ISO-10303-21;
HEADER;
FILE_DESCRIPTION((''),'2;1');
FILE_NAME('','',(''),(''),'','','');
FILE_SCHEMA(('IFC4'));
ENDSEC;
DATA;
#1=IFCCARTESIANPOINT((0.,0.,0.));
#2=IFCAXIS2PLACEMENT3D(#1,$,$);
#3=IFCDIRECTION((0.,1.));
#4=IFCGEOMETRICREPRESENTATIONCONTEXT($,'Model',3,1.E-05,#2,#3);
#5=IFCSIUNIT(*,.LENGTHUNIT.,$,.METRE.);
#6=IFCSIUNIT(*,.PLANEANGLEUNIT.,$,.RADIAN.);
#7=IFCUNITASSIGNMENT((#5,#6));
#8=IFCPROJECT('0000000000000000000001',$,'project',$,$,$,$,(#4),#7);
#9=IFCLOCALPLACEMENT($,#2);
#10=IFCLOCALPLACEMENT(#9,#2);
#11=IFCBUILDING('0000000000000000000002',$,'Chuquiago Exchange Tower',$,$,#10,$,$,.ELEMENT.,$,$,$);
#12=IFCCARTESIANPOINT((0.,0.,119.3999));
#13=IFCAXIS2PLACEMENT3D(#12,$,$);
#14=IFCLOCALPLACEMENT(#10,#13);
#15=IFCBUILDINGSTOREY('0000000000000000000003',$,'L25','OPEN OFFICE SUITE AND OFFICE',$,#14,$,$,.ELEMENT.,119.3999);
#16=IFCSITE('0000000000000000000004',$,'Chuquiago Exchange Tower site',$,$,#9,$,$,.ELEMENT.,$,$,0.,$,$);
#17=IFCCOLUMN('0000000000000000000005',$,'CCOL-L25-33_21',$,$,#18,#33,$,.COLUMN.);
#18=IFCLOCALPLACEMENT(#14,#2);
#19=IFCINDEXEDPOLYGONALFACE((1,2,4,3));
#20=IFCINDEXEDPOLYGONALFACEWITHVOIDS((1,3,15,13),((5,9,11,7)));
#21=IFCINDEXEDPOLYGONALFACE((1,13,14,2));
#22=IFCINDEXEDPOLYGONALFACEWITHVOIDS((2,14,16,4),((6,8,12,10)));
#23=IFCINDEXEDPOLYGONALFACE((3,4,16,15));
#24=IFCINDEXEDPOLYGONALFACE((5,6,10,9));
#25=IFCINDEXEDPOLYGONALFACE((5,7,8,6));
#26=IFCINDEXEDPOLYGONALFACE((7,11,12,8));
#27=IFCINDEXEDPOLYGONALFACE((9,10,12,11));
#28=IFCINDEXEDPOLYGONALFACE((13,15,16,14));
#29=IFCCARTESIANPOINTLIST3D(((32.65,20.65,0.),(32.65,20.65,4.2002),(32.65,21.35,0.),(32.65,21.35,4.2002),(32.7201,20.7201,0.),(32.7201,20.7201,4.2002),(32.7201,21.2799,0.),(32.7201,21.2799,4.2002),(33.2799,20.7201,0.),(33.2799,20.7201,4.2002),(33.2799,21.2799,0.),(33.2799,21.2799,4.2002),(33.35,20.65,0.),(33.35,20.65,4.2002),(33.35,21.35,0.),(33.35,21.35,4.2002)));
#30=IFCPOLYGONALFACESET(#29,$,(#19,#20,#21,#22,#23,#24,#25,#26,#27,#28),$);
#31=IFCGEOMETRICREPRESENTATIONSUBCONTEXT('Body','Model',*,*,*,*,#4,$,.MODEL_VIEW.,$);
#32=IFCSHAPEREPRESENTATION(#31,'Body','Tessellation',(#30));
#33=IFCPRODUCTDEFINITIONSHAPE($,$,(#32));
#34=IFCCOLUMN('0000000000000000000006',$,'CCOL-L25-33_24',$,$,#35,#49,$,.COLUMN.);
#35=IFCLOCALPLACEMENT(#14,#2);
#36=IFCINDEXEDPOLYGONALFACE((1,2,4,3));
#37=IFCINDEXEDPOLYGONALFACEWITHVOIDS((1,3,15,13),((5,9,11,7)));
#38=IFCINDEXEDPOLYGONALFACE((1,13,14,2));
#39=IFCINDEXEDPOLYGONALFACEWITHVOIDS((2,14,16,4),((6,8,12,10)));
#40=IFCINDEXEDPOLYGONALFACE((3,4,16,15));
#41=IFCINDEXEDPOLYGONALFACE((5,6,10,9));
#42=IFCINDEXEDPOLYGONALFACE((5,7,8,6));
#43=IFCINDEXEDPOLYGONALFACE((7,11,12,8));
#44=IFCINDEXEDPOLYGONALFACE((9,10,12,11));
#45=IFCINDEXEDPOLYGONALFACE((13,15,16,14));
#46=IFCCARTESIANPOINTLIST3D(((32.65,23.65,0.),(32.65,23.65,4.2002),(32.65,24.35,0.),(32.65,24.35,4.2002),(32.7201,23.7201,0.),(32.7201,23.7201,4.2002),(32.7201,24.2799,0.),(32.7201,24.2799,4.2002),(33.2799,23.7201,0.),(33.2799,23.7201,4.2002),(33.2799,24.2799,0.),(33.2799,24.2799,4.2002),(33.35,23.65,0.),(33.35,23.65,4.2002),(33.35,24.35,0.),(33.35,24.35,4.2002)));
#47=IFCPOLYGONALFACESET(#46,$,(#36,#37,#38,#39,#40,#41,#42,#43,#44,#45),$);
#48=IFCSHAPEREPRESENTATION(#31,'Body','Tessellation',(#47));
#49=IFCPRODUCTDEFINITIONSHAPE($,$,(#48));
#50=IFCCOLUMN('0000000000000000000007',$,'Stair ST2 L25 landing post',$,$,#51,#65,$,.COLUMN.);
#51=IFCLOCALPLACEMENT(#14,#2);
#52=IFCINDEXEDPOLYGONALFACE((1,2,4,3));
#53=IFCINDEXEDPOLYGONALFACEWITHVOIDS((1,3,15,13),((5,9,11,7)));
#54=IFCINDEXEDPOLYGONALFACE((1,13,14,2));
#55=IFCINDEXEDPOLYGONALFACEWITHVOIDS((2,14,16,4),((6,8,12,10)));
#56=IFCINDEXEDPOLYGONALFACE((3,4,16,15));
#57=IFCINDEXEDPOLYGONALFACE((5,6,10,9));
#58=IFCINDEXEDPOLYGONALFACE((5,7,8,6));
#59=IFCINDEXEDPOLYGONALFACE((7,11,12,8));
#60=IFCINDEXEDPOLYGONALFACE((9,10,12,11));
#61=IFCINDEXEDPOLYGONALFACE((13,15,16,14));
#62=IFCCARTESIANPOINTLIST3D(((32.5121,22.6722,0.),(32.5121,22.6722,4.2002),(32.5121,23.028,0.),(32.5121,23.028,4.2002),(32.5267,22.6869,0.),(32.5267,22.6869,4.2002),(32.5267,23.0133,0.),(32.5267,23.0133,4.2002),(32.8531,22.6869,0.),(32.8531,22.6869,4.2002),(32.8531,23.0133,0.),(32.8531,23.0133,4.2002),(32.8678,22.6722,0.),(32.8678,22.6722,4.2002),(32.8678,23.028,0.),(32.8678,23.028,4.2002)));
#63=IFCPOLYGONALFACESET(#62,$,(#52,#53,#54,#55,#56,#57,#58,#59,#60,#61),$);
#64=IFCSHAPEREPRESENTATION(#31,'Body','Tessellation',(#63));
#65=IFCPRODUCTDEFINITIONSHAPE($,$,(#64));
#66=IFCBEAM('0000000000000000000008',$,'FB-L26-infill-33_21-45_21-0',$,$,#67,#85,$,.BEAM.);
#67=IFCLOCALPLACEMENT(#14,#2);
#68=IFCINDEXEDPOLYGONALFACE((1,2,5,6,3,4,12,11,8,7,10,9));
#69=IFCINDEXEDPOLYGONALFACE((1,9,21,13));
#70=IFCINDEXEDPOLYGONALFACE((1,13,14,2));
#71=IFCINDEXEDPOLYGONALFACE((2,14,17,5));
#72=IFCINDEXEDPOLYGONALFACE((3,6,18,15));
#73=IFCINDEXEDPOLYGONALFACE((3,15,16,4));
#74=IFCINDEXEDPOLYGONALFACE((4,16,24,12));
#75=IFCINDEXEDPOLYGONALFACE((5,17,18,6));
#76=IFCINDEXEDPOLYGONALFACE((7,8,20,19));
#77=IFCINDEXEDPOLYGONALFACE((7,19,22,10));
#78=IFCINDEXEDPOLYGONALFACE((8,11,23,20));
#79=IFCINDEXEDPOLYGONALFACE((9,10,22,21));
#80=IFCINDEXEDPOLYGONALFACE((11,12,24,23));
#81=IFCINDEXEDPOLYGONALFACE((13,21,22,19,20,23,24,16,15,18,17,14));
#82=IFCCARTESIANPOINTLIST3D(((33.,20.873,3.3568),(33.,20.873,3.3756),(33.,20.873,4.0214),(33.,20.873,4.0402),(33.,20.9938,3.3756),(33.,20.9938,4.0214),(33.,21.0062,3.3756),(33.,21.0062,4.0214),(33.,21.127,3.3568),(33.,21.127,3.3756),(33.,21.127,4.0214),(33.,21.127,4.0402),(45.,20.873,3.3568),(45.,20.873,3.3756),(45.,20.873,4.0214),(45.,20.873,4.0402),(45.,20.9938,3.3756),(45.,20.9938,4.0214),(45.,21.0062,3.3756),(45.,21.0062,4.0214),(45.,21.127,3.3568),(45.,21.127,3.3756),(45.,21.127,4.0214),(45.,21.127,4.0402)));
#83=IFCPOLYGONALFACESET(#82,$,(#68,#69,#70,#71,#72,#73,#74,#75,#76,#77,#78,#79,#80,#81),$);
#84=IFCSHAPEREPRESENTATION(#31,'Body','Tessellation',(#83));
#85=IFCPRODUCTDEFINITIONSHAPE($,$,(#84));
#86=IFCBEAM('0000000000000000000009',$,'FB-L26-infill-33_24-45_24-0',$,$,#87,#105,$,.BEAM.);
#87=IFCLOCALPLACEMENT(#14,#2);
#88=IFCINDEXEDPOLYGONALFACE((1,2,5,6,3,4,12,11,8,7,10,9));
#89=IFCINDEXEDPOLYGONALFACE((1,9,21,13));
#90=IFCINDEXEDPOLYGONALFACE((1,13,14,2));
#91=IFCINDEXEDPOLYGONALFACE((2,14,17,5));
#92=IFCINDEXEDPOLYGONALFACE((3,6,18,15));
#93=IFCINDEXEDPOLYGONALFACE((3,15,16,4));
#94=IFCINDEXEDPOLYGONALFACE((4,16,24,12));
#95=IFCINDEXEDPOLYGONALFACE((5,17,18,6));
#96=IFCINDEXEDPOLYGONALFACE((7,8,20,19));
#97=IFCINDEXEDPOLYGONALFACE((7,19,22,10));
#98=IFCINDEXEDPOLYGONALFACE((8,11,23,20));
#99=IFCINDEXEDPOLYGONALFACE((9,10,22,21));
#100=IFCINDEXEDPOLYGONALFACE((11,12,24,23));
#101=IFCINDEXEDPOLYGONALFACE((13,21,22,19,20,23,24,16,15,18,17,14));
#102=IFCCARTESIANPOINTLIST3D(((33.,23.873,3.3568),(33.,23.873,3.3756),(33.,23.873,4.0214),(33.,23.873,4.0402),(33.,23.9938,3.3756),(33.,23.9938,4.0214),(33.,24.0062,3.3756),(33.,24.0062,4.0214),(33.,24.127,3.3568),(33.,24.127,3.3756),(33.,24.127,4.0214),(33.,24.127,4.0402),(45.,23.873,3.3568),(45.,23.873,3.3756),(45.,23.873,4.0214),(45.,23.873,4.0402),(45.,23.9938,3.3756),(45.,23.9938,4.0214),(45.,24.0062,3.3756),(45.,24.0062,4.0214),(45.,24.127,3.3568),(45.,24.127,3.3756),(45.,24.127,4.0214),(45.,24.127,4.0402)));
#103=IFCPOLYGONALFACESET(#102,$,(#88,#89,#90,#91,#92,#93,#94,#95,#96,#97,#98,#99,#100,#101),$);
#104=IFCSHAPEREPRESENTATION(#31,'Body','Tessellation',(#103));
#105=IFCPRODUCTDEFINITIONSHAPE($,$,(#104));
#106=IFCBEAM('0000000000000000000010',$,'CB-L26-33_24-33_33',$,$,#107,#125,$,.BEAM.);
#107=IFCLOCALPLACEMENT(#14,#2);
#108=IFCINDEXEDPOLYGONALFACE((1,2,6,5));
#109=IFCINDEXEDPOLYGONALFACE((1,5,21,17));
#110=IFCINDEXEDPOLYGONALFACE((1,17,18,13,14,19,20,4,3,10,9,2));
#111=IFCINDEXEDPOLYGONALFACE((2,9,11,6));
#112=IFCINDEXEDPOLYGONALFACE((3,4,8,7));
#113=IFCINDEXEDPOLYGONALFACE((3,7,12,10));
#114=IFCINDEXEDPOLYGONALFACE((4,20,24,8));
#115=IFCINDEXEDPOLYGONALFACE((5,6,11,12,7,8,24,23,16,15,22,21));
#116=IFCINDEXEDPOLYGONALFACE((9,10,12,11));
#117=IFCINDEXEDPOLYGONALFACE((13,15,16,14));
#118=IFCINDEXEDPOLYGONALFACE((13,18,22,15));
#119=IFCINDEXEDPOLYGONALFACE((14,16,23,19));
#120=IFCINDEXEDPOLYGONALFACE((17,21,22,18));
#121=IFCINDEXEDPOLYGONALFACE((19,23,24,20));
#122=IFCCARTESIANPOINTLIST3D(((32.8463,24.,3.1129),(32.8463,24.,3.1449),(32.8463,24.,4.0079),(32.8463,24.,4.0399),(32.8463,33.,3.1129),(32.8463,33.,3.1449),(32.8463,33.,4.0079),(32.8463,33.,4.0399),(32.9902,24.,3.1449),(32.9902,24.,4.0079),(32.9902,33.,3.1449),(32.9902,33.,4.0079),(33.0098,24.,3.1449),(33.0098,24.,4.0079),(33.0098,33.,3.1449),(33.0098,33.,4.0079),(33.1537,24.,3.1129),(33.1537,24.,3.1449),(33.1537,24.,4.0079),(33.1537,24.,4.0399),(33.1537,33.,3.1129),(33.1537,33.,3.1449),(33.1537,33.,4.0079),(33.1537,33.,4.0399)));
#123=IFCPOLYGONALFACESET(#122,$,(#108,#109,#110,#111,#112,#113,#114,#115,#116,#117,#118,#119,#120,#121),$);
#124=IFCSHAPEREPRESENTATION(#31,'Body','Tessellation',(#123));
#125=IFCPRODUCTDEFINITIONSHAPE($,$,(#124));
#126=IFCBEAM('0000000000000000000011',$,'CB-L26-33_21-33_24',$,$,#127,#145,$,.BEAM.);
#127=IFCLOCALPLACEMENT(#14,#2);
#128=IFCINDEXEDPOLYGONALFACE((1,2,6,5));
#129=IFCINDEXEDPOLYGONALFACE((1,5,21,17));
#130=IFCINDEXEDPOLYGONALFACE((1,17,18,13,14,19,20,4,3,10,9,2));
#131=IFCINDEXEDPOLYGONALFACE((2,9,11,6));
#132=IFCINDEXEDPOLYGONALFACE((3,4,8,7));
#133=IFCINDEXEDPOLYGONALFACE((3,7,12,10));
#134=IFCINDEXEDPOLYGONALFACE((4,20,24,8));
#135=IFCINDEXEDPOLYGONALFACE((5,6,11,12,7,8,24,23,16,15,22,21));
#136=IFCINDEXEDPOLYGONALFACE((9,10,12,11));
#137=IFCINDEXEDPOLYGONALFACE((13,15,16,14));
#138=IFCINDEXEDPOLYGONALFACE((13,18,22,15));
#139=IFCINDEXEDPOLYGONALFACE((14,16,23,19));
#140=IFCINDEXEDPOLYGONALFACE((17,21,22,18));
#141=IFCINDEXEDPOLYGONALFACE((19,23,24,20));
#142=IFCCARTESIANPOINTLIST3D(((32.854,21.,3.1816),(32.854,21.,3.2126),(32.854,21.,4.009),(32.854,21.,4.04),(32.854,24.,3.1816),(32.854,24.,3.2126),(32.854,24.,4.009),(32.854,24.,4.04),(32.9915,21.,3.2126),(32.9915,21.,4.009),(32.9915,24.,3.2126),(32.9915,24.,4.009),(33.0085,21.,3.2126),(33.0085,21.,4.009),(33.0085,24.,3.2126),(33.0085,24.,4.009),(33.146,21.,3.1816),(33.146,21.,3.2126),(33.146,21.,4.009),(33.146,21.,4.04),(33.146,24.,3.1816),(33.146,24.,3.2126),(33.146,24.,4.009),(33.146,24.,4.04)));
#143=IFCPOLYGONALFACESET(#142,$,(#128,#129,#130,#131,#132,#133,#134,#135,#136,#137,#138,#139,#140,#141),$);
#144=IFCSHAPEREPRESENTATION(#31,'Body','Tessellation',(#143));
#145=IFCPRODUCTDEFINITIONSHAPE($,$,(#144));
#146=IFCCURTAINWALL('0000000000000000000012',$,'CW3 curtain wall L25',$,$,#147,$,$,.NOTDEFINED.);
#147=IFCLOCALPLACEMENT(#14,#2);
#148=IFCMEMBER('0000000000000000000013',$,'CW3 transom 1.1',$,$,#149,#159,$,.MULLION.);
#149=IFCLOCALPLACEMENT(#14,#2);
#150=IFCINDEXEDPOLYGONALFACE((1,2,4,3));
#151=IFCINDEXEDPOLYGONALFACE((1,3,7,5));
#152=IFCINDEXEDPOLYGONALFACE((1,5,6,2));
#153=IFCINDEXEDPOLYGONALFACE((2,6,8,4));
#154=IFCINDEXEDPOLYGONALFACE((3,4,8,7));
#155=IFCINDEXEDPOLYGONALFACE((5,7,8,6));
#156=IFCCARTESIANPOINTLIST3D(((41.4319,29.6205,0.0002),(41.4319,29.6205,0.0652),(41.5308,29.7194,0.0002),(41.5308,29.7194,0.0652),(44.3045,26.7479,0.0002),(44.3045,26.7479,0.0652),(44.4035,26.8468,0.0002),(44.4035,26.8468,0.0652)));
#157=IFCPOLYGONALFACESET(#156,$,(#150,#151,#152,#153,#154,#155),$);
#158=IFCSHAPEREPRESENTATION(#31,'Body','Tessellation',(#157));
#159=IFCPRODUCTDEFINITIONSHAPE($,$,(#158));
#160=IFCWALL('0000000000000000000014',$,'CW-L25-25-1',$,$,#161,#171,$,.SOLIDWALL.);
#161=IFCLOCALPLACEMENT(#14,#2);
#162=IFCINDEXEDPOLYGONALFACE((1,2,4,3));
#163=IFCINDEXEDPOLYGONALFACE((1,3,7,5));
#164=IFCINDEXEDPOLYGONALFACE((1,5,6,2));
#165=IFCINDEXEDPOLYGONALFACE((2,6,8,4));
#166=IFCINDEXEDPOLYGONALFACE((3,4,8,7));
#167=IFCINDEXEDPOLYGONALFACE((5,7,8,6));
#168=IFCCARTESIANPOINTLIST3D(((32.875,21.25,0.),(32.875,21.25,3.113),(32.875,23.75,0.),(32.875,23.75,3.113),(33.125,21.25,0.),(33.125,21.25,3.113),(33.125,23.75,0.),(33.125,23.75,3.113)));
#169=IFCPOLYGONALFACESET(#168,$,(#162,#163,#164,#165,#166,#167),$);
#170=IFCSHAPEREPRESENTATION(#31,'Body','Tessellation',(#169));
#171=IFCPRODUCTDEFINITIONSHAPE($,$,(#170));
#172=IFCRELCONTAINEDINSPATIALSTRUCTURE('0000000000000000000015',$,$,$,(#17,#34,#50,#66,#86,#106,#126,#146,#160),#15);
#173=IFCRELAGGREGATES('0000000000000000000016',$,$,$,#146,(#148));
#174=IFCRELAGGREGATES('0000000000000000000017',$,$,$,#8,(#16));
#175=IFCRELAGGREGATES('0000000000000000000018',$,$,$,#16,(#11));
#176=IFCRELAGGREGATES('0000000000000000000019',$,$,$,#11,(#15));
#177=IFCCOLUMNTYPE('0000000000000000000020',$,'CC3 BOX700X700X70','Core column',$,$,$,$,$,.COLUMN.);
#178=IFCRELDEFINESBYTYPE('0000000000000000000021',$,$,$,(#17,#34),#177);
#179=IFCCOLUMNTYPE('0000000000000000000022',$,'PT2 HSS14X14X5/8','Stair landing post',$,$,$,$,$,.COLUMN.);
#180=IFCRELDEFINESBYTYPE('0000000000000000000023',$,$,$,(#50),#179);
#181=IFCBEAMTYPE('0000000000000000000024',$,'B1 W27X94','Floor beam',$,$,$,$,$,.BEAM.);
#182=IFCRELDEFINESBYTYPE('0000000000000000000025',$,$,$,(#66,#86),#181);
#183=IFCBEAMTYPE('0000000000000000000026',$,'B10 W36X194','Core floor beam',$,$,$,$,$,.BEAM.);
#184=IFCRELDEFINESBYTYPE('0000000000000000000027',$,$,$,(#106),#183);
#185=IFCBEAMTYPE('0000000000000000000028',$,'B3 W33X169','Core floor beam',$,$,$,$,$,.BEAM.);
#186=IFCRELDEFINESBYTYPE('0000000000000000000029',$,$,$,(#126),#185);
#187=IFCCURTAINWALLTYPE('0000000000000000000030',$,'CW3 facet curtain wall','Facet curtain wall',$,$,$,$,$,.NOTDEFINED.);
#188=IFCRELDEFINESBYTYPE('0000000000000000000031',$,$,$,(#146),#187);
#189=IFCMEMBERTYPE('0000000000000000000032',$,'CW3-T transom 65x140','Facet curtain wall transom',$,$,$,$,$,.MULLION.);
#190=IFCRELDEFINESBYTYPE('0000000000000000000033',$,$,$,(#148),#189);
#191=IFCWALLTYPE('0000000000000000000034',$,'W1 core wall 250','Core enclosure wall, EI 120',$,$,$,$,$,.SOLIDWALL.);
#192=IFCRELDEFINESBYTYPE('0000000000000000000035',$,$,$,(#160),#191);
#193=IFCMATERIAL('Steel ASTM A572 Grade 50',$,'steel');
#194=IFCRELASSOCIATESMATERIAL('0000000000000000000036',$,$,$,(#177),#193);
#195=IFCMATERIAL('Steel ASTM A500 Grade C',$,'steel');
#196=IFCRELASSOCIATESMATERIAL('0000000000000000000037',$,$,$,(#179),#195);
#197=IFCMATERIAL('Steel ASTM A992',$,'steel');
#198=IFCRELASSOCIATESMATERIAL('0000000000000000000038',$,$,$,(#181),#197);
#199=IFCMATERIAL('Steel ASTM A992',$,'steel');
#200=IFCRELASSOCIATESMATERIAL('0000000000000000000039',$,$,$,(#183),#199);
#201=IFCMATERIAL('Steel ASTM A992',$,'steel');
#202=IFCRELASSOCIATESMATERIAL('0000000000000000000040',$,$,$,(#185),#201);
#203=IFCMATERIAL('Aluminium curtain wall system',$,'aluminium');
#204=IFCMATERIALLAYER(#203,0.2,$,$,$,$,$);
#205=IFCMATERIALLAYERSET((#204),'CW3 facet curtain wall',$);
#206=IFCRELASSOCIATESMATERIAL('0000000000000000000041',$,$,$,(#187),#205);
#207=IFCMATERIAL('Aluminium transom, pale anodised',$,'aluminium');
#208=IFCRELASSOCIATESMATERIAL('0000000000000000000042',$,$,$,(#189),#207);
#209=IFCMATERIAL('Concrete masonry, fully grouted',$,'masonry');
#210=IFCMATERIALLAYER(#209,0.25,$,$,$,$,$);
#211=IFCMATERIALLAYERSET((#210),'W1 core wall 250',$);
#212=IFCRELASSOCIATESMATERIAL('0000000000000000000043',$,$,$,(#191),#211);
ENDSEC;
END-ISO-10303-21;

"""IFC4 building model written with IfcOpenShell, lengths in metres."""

from ifc_helpers import new_model, si_unit, direction, frame, frame_2d, origin, origin_2d, place, context, subcontext, project, spatial, rectangle, hollow_rectangle, i_section, extrude, material, layer, layer_set, material_profile, profile_set, type_object, element, aggregate, save


model = new_model("IFC4")

# Units and contexts
model_context = context("Model", 3, precision=1e-05, world=origin(), true_north=direction((0.0, 1.0)))
body_context = subcontext(model_context, "Body", "Model", "MODEL_VIEW")
ifc_project = project(units=[si_unit("LENGTHUNIT", "METRE"), si_unit("PLANEANGLEUNIT", "RADIAN")], contexts=[model_context])

# Site, building, storey
site_placement = place(None, origin())
site = spatial("IfcSite", under=ifc_project, at=site_placement, Name="Chuquiago Exchange Tower site", CompositionType="ELEMENT", RefElevation=0.0)
building_placement = place(site_placement, origin())
building = spatial("IfcBuilding", under=site, at=building_placement, Name="Chuquiago Exchange Tower", CompositionType="ELEMENT")
storey_placement = place(building_placement, frame((0.0, 0.0, 119.3999)))
storey = spatial("IfcBuildingStorey", under=building, at=storey_placement, Name="L25", Description="OPEN OFFICE SUITE AND OFFICE", CompositionType="ELEMENT", Elevation=119.3999)

# Columns
ifc_material_1 = material(Name="Steel ASTM A572 Grade 50", Category="steel")
ifc_material_profile_1 = material_profile(ifc_material_1, hollow_rectangle(XDim=0.7, YDim=0.7, WallThickness=0.0701, at=origin_2d()), Name="BOX700X700X70")
ifc_profile_set_1 = profile_set([ifc_material_profile_1], Name="Steel ASTM A572 Grade 50")
column_type_1 = type_object("IfcColumnType", Name="CC3 BOX700X700X70", Description="Core column", PredefinedType="COLUMN", material=ifc_profile_set_1)
for number, where, z_axis, x_axis, name in (
    (1, (33.0, 21.0, 0.0), (0.0, 0.0, 1.0), (1.0, 0.0, 0.0), "CCOL-L25-33_21"),
    (2, (33.0, 24.0, 0.0), (0.0, 0.0, 1.0), (1.0, 0.0, 0.0), "CCOL-L25-33_24"),
):
    element("IfcColumn", number, at=place(storey_placement, frame(where, z_axis=z_axis, x_axis=x_axis)), inside=storey, type_object=column_type_1, Name=name, PredefinedType="COLUMN", context=body_context, shape_type="SweptSolid", body=[
        extrude(hollow_rectangle(XDim=0.7, YDim=0.7, WallThickness=0.0701, at=origin_2d()), origin(), (0.0, 0.0, 1.0), 4.2002),
    ])
ifc_material_2 = material(Name="Steel ASTM A500 Grade C", Category="steel")
ifc_material_profile_2 = material_profile(ifc_material_2, hollow_rectangle(XDim=0.3557, YDim=0.3557, WallThickness=0.0146, at=origin_2d()), Name="HSS14X14X5/8")
ifc_profile_set_2 = profile_set([ifc_material_profile_2], Name="Steel ASTM A500 Grade C")
column_type_2 = type_object("IfcColumnType", Name="PT2 HSS14X14X5/8", Description="Stair landing post", PredefinedType="COLUMN", material=ifc_profile_set_2)
column_placement = place(storey_placement, frame((32.6899, 22.8501, 0.0), z_axis=(0.0, 0.0, 1.0), x_axis=(1.0, 0.0, 0.0)))
element("IfcColumn", 3, at=column_placement, inside=storey, type_object=column_type_2, Name="Stair ST2 L25 landing post", PredefinedType="COLUMN", context=body_context, shape_type="SweptSolid", body=[
    extrude(hollow_rectangle(XDim=0.3557, YDim=0.3557, WallThickness=0.0146, at=origin_2d()), origin(), (0.0, 0.0, 1.0), 4.2002),
])

# Beams
ifc_material_3 = material(Name="Steel ASTM A992", Category="steel")
ifc_material_profile_3 = material_profile(ifc_material_3, i_section(OverallWidth=0.2539, OverallDepth=0.6833, WebThickness=0.0125, FlangeThickness=0.0188, at=origin_2d()), Name="W27X94")
ifc_profile_set_3 = profile_set([ifc_material_profile_3], Name="Steel ASTM A992")
beam_type_1 = type_object("IfcBeamType", Name="B1 W27X94", Description="Floor beam", PredefinedType="BEAM", material=ifc_profile_set_3)
for number, where, z_axis, x_axis, name in (
    (4, (33.0, 21.0, 3.6985), (1.0, 0.0, 0.0), (0.0, 1.0, 0.0), "FB-L26-infill-33_21-45_21-0"),
    (5, (33.0, 24.0, 3.6985), (1.0, 0.0, 0.0), (0.0, 1.0, 0.0), "FB-L26-infill-33_24-45_24-0"),
):
    element("IfcBeam", number, at=place(storey_placement, frame(where, z_axis=z_axis, x_axis=x_axis)), inside=storey, type_object=beam_type_1, Name=name, PredefinedType="BEAM", context=body_context, shape_type="SweptSolid", body=[
        extrude(i_section(OverallWidth=0.2539, OverallDepth=0.6833, WebThickness=0.0125, FlangeThickness=0.0188, at=origin_2d()), origin(), (0.0, 0.0, 1.0), 12.0),
    ])
ifc_material_4 = material(Name="Steel ASTM A992", Category="steel")
ifc_material_profile_4 = material_profile(ifc_material_4, i_section(OverallWidth=0.3074, OverallDepth=0.927, WebThickness=0.0195, FlangeThickness=0.032, at=origin_2d()), Name="W36X194")
ifc_profile_set_4 = profile_set([ifc_material_profile_4], Name="Steel ASTM A992")
beam_type_2 = type_object("IfcBeamType", Name="B10 W36X194", Description="Core floor beam", PredefinedType="BEAM", material=ifc_profile_set_4)
beam_1_placement = place(storey_placement, frame((33.0, 24.0, 3.5764), z_axis=(0.0, 1.0, 0.0), x_axis=(-1.0, 0.0, 0.0)))
element("IfcBeam", 6, at=beam_1_placement, inside=storey, type_object=beam_type_2, Name="CB-L26-33_24-33_33", PredefinedType="BEAM", context=body_context, shape_type="SweptSolid", body=[
    extrude(i_section(OverallWidth=0.3074, OverallDepth=0.927, WebThickness=0.0195, FlangeThickness=0.032, at=origin_2d()), origin(), (0.0, 0.0, 1.0), 9.0),
])
ifc_material_5 = material(Name="Steel ASTM A992", Category="steel")
ifc_material_profile_5 = material_profile(ifc_material_5, i_section(OverallWidth=0.292, OverallDepth=0.8584, WebThickness=0.0171, FlangeThickness=0.031, at=origin_2d()), Name="W33X169")
ifc_profile_set_5 = profile_set([ifc_material_profile_5], Name="Steel ASTM A992")
beam_type_3 = type_object("IfcBeamType", Name="B3 W33X169", Description="Core floor beam", PredefinedType="BEAM", material=ifc_profile_set_5)
beam_2_placement = place(storey_placement, frame((33.0, 21.0, 3.6108), z_axis=(0.0, 1.0, 0.0), x_axis=(-1.0, 0.0, 0.0)))
element("IfcBeam", 7, at=beam_2_placement, inside=storey, type_object=beam_type_3, Name="CB-L26-33_21-33_24", PredefinedType="BEAM", context=body_context, shape_type="SweptSolid", body=[
    extrude(i_section(OverallWidth=0.292, OverallDepth=0.8584, WebThickness=0.0171, FlangeThickness=0.031, at=origin_2d()), origin(), (0.0, 0.0, 1.0), 3.0),
])

# Curtain wall, member
ifc_material_6 = material(Name="Aluminium curtain wall system", Category="aluminium")
ifc_layer_1 = layer(ifc_material_6, 0.2)
ifc_layer_set_1 = layer_set([ifc_layer_1], Name="CW3 facet curtain wall")
curtain_wall_type = type_object("IfcCurtainWallType", Name="CW3 facet curtain wall", Description="Facet curtain wall", PredefinedType="NOTDEFINED", material=ifc_layer_set_1)
curtain_wall_placement = place(storey_placement, origin())
curtain_wall = element("IfcCurtainWall", 8, at=curtain_wall_placement, inside=storey, type_object=curtain_wall_type, Name="CW3 curtain wall L25", PredefinedType="NOTDEFINED")
ifc_material_7 = material(Name="Aluminium transom, pale anodised", Category="aluminium")
ifc_material_profile_6 = material_profile(ifc_material_7, rectangle(XDim=0.1399, YDim=0.0649, at=origin_2d()), Name="AL 140x65")
ifc_profile_set_6 = profile_set([ifc_material_profile_6], Name="Aluminium transom, pale anodised")
member_type = type_object("IfcMemberType", Name="CW3-T transom 65x140", Description="Facet curtain wall transom", PredefinedType="MULLION", material=ifc_profile_set_6)
member_placement = place(storey_placement, frame((44.354, 26.7974, 0.0327), z_axis=(-0.707107, 0.707107, 0.0), x_axis=(-0.707107, -0.707107, 0.0)))
member = element("IfcMember", 9, at=member_placement, type_object=member_type, Name="CW3 transom 1.1", PredefinedType="MULLION", context=body_context, shape_type="SweptSolid", body=[
    extrude(rectangle(XDim=0.1399, YDim=0.0649, at=origin_2d()), origin(), (0.0, 0.0, 1.0), 4.0625),
])
aggregate(curtain_wall, [member])

# Wall
ifc_material_8 = material(Name="Concrete masonry, fully grouted", Category="masonry")
ifc_layer_2 = layer(ifc_material_8, 0.25)
ifc_layer_set_2 = layer_set([ifc_layer_2], Name="W1 core wall 250")
wall_type_1 = type_object("IfcWallType", Name="W1 core wall 250", Description="Core enclosure wall, EI 120", PredefinedType="SOLIDWALL", material=ifc_layer_set_2)
wall_1_placement = place(storey_placement, frame((33.0, 21.25, 0.0), z_axis=(0.0, 0.0, 1.0), x_axis=(0.0, 1.0, 0.0)))
element("IfcWall", 10, at=wall_1_placement, inside=storey, type_object=wall_type_1, Name="CW-L25-25-1", PredefinedType="SOLIDWALL", context=body_context, shape_type="SweptSolid", body=[
    extrude(rectangle(XDim=2.5, YDim=0.25, at=frame_2d((1.25, 0.0))), origin(), (0.0, 0.0, 1.0), 3.113),
])

save(model, "model.ifc")
